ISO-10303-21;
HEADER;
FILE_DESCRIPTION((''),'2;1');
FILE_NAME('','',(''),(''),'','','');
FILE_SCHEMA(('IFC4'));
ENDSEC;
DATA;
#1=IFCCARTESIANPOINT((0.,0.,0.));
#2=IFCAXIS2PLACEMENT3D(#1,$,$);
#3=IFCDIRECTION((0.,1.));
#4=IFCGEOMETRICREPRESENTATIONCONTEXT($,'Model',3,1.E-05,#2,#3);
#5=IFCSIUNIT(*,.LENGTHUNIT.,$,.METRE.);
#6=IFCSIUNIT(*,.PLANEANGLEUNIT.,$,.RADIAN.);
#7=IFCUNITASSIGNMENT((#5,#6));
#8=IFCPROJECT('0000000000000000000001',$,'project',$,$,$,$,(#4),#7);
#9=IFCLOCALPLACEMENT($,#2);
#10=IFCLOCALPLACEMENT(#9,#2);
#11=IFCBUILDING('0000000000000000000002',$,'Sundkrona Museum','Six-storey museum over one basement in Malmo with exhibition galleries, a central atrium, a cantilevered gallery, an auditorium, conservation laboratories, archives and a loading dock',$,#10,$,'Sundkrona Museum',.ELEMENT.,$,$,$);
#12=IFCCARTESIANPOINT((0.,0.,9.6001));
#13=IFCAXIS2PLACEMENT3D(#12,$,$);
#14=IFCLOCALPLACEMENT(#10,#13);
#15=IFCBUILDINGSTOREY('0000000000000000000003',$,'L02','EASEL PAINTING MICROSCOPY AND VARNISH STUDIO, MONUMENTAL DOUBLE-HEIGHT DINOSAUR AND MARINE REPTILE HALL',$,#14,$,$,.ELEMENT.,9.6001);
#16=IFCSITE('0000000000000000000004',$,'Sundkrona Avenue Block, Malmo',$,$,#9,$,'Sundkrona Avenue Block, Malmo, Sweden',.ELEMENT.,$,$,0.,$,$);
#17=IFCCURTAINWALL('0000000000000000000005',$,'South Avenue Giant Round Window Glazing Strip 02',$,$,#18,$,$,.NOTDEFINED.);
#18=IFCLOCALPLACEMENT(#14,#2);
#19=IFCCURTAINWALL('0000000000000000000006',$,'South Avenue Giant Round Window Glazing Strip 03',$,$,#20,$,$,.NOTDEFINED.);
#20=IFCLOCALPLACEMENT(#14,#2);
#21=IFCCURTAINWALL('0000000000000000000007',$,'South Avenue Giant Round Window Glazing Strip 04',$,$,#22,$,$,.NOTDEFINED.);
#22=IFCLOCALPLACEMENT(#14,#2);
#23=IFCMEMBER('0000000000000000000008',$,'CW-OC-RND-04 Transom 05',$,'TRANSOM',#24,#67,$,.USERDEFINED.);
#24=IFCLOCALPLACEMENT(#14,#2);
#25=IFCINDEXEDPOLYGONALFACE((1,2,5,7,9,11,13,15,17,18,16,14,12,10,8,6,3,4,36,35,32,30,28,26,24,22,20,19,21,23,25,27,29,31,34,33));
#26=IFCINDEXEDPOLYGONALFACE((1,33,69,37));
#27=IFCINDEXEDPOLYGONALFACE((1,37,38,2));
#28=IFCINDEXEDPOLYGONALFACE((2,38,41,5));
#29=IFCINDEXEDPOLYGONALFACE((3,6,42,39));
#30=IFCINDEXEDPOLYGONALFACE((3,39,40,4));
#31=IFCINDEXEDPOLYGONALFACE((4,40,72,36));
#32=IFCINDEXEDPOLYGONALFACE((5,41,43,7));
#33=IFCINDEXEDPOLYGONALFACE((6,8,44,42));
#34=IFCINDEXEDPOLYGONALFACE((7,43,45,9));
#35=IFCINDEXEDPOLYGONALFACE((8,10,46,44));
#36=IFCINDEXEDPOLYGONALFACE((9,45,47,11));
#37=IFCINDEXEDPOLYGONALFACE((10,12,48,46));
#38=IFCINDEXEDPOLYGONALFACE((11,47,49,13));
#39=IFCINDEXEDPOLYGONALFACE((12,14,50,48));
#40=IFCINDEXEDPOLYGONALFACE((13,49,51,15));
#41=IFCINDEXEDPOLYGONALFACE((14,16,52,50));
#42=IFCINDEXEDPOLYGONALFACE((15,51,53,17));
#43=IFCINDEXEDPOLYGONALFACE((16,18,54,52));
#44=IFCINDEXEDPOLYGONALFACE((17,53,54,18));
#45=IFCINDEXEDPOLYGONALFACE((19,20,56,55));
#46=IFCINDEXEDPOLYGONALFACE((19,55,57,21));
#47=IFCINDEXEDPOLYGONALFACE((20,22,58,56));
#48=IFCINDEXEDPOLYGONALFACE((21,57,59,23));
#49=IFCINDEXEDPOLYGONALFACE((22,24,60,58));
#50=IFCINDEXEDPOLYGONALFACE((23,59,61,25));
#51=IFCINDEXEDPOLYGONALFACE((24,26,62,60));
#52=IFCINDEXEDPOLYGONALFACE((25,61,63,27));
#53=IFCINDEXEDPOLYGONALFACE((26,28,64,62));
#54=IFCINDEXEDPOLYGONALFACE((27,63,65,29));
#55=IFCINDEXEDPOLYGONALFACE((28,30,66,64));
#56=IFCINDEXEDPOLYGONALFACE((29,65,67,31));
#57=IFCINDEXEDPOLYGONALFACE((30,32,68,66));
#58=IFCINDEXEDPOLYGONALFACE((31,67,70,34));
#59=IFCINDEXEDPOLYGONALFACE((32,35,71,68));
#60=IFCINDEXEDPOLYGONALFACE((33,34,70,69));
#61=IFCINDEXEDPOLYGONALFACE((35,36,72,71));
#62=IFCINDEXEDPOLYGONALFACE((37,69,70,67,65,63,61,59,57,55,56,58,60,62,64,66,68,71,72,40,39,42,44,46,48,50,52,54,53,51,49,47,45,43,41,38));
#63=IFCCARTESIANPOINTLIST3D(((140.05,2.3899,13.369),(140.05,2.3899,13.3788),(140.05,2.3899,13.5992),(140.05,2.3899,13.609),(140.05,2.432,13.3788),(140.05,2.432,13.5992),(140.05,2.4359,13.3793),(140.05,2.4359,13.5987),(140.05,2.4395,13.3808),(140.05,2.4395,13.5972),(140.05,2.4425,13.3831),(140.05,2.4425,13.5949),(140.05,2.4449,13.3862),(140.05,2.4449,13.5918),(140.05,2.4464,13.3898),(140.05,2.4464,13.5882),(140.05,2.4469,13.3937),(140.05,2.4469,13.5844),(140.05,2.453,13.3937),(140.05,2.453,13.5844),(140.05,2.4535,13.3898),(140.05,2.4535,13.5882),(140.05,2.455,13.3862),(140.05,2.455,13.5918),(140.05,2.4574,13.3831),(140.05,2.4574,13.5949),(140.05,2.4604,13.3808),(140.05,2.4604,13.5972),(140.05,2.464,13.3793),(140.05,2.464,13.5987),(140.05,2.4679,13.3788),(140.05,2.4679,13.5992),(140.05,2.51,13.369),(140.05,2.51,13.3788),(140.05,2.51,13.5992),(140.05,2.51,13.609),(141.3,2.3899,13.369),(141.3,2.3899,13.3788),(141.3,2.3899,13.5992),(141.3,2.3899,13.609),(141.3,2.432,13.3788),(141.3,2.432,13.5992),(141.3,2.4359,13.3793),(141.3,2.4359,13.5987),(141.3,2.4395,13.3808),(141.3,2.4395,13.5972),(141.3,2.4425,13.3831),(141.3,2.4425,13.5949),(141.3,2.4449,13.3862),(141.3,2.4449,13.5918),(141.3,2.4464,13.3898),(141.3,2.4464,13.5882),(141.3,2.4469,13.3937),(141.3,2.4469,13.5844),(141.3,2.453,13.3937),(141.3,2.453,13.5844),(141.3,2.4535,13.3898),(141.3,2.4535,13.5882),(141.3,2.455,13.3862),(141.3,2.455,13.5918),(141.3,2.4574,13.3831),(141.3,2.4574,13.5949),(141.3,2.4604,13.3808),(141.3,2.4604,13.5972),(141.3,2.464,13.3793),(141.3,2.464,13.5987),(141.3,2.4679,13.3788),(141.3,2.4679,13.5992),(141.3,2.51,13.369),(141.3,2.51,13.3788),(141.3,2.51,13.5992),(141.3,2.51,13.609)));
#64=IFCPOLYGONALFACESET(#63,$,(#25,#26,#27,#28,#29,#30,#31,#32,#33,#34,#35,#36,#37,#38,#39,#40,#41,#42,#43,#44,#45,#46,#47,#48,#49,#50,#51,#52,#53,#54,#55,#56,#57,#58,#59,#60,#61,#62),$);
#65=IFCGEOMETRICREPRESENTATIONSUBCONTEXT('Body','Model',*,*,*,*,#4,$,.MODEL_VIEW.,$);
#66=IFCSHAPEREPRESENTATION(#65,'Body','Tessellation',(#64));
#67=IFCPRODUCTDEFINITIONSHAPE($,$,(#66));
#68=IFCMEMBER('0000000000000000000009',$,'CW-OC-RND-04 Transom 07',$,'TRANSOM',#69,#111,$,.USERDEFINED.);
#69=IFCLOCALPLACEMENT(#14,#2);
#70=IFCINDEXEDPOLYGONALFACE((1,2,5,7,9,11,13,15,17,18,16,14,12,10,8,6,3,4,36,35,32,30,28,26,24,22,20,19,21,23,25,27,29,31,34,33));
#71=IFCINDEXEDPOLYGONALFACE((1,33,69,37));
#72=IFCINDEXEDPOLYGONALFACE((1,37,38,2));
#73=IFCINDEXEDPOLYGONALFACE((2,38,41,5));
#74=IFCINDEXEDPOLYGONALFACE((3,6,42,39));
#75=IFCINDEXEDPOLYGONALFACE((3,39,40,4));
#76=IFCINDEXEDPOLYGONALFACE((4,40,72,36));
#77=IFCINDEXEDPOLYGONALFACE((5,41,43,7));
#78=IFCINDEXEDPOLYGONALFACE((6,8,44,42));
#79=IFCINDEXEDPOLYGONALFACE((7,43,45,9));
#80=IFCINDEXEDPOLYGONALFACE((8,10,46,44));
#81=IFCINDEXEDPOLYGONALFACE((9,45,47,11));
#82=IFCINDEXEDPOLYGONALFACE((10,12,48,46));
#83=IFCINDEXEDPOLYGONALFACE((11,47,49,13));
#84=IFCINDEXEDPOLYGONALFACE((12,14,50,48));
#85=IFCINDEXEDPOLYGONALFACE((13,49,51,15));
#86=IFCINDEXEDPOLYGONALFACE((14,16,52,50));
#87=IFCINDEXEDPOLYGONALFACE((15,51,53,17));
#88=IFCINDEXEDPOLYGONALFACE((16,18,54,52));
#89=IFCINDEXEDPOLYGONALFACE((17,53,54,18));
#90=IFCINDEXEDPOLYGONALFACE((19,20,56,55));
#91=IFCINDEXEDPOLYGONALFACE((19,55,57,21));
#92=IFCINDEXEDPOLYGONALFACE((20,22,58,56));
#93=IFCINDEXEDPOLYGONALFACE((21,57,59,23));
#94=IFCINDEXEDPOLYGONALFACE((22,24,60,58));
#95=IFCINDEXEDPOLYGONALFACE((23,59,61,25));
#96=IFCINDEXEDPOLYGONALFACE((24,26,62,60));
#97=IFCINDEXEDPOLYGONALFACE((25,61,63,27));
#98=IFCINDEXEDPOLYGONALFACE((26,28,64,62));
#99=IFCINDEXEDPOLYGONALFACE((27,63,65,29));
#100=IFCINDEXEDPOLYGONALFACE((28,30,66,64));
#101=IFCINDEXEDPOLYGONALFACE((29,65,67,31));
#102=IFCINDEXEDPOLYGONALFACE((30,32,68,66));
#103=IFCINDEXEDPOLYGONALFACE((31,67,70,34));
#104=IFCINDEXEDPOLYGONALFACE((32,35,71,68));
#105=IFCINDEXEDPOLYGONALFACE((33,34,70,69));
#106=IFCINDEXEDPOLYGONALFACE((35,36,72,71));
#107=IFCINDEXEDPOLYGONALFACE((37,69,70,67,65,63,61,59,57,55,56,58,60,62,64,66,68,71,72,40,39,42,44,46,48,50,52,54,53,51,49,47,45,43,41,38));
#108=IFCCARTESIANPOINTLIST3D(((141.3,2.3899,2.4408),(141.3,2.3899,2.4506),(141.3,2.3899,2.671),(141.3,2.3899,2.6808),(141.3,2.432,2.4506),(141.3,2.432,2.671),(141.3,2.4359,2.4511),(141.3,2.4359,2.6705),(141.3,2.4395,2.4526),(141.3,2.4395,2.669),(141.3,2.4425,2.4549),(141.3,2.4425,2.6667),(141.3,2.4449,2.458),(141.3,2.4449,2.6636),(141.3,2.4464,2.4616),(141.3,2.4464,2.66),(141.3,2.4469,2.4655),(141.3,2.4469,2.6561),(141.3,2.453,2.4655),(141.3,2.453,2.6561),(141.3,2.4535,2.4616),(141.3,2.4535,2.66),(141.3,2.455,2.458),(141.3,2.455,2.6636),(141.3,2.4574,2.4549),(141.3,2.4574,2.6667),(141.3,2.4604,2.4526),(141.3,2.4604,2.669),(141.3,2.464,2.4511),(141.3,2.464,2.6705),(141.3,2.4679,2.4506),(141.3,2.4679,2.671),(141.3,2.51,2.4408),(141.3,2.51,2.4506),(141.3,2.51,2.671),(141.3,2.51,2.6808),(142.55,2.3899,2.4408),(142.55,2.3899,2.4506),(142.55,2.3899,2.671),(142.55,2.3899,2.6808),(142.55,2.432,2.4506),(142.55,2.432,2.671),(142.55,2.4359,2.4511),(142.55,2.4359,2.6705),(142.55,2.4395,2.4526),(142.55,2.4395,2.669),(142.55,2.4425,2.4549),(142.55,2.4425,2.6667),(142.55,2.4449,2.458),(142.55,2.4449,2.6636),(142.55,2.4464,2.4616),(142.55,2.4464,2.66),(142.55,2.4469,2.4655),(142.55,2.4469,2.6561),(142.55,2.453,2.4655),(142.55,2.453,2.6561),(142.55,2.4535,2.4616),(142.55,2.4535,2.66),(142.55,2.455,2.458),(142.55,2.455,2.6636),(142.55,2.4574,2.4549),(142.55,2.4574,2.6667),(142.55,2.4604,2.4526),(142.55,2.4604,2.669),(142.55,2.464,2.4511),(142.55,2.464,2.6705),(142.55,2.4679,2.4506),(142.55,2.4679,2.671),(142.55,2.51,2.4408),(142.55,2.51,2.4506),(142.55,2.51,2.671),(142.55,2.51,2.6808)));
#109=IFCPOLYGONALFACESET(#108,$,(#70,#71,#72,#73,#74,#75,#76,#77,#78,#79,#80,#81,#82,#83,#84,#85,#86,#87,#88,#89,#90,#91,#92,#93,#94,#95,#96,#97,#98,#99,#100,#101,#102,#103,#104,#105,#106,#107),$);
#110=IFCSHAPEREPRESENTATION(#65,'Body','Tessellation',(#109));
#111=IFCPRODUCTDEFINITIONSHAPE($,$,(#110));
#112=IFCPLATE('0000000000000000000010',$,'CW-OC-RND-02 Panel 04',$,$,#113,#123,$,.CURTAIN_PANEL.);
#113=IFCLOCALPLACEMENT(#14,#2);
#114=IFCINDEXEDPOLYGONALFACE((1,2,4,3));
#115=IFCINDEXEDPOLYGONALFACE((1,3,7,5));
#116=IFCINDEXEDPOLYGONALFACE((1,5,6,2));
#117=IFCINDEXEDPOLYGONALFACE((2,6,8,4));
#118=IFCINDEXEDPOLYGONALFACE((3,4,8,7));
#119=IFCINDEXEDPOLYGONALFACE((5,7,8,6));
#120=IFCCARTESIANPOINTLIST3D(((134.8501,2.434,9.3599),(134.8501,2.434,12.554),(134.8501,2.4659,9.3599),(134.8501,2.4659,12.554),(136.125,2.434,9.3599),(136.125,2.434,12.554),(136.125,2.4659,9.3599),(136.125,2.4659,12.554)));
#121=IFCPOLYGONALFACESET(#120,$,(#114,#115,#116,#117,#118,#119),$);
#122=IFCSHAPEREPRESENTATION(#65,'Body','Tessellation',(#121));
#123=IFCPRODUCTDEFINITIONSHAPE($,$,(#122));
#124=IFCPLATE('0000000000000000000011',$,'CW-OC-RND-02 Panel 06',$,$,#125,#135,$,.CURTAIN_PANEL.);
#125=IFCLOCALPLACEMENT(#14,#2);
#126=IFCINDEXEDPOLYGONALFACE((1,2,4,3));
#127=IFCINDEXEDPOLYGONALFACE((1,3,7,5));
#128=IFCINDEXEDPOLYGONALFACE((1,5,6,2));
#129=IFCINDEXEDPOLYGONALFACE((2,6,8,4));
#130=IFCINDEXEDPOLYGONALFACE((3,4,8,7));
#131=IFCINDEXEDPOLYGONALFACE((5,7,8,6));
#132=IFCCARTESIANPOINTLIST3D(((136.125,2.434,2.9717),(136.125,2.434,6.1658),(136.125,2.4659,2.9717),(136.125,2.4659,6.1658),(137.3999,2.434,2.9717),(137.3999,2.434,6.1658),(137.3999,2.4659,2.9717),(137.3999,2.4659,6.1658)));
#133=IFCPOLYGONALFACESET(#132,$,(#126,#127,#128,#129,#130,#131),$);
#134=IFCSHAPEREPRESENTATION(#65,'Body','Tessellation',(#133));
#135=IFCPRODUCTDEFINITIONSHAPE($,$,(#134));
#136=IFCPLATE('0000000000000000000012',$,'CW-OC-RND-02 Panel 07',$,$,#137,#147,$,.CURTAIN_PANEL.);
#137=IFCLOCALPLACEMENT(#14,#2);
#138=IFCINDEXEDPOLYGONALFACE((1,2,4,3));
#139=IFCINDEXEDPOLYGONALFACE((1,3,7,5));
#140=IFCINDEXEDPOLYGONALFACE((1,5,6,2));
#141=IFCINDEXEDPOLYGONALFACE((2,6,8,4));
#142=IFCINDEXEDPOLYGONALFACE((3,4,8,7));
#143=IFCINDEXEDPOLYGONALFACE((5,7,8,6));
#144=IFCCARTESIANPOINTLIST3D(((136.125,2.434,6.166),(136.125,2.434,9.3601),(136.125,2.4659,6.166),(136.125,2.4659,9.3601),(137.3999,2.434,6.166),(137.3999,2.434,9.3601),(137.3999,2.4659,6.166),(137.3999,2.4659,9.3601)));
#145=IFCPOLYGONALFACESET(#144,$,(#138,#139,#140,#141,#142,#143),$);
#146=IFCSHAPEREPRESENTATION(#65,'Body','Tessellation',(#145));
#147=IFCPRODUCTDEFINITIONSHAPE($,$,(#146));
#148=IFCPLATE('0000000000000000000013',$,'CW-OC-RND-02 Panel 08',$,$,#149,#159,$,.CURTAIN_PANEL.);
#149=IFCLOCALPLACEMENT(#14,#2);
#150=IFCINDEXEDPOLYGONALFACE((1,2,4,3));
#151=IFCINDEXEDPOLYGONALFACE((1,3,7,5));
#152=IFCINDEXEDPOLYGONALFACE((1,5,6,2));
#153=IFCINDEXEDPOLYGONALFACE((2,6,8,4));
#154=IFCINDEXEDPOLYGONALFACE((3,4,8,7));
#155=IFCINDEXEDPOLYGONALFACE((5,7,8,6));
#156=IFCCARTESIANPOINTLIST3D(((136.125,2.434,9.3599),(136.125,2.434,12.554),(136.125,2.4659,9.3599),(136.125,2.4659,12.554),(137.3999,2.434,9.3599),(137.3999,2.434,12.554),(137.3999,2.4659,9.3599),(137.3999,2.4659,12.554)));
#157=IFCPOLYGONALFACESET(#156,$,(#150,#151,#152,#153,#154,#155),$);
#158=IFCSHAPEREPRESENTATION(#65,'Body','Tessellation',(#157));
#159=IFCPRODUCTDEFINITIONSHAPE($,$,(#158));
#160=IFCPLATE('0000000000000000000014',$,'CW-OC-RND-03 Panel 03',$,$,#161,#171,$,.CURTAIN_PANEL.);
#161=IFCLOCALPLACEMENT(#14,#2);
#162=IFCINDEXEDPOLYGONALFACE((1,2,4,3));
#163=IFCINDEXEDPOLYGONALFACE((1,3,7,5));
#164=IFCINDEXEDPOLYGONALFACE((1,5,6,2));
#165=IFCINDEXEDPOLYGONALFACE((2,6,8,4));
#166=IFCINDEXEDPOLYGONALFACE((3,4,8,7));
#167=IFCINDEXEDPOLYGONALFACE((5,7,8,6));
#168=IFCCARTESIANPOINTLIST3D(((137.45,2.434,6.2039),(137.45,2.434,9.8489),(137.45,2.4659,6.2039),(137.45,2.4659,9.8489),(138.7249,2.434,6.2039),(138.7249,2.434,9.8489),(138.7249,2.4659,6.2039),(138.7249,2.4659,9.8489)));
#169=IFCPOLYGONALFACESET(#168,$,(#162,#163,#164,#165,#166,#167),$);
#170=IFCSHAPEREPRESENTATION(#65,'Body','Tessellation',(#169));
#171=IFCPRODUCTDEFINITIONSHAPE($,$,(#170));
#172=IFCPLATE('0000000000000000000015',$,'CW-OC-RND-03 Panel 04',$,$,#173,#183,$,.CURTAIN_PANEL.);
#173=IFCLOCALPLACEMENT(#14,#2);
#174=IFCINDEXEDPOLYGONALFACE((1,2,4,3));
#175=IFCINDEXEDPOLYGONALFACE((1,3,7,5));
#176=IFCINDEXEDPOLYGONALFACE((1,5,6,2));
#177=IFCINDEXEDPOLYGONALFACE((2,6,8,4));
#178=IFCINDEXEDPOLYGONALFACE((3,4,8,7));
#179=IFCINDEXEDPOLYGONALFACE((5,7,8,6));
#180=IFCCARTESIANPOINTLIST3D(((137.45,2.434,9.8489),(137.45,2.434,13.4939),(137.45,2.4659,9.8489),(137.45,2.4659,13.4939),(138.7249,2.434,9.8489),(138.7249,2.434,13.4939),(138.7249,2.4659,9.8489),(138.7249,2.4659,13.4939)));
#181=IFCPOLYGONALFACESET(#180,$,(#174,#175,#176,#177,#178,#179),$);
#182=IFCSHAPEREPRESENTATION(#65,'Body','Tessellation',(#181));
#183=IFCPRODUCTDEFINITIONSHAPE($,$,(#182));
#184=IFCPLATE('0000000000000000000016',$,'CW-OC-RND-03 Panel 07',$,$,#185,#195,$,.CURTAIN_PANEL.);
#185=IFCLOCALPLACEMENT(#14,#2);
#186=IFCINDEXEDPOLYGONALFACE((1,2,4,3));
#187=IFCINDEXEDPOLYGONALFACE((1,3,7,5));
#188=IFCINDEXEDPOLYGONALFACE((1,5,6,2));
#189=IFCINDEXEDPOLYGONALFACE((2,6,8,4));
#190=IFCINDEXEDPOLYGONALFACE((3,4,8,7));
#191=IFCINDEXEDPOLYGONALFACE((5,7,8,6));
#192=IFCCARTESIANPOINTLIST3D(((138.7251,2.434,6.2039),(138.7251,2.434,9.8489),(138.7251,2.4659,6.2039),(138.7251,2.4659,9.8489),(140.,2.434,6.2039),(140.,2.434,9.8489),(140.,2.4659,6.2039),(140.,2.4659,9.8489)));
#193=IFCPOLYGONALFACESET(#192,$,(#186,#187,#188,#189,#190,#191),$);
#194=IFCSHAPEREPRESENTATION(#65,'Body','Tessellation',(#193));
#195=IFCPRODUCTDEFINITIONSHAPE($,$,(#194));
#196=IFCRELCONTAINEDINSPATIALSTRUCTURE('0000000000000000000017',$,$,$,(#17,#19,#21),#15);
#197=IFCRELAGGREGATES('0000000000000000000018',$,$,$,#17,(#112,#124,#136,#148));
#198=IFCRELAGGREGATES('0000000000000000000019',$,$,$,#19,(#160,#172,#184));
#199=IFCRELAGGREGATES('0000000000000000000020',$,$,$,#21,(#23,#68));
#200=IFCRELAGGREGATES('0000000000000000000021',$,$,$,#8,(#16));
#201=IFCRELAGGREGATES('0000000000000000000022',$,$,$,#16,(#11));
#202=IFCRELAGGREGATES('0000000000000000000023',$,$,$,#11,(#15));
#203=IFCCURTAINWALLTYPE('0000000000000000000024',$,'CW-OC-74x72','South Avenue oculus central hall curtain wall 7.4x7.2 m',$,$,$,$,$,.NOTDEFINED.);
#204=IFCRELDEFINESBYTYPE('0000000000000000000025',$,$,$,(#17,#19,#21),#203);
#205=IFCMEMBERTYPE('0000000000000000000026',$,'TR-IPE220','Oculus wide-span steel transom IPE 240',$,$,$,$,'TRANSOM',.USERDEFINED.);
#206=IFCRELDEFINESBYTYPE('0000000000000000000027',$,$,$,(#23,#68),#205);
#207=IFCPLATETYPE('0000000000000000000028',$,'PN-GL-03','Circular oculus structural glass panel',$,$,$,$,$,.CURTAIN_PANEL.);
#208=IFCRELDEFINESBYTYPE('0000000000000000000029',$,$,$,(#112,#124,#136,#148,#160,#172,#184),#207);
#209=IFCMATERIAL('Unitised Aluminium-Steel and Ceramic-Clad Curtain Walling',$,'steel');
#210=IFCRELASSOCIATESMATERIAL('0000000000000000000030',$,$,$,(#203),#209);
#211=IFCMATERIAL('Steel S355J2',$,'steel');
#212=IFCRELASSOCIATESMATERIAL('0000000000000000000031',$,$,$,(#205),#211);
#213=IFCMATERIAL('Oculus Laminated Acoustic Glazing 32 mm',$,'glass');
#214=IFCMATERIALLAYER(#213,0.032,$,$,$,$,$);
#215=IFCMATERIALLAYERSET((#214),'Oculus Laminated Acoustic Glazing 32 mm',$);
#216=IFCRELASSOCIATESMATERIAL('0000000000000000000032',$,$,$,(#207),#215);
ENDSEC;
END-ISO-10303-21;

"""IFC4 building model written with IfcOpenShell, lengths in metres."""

from ifc_helpers import new_model, si_unit, direction, frame, origin, origin_2d, place, context, subcontext, project, spatial, rectangle, i_section, extrude, material, layer, layer_set, material_profile, profile_set, type_object, element, aggregate, save


model = new_model("IFC4")

# Units and contexts
model_context = context("Model", 3, precision=1e-05, world=origin(), true_north=direction((0.0, 1.0)))
body_context = subcontext(model_context, "Body", "Model", "MODEL_VIEW")
ifc_project = project(units=[si_unit("LENGTHUNIT", "METRE"), si_unit("PLANEANGLEUNIT", "RADIAN")], contexts=[model_context])

# Site, building, storey
site_placement = place(None, origin())
site = spatial("IfcSite", under=ifc_project, at=site_placement, Name="Sundkrona Avenue Block, Malmo", LongName="Sundkrona Avenue Block, Malmo, Sweden", CompositionType="ELEMENT", RefElevation=0.0)
building_placement = place(site_placement, origin())
building = spatial("IfcBuilding", under=site, at=building_placement, Name="Sundkrona Museum", Description="Six-storey museum over one basement in Malmo with exhibition galleries, a central atrium, a cantilevered gallery, an auditorium, conservation laboratories, archives and a loading dock", LongName="Sundkrona Museum", CompositionType="ELEMENT")
storey_placement = place(building_placement, frame((0.0, 0.0, 9.6001)))
storey = spatial("IfcBuildingStorey", under=building, at=storey_placement, Name="L02", Description="EASEL PAINTING MICROSCOPY AND VARNISH STUDIO, MONUMENTAL DOUBLE-HEIGHT DINOSAUR AND MARINE REPTILE HALL", CompositionType="ELEMENT", Elevation=9.6001)

# Curtain walls, members
ifc_material_1 = material(Name="Unitised Aluminium-Steel and Ceramic-Clad Curtain Walling", Category="steel")
curtain_wall_type = type_object("IfcCurtainWallType", Name="CW-OC-74x72", Description="South Avenue oculus central hall curtain wall 7.4x7.2 m", PredefinedType="NOTDEFINED", material=ifc_material_1)
curtain_wall_1_placement = place(storey_placement, origin())
curtain_wall_1 = element("IfcCurtainWall", 1, at=curtain_wall_1_placement, inside=storey, type_object=curtain_wall_type, Name="South Avenue Giant Round Window Glazing Strip 02", PredefinedType="NOTDEFINED")
ifc_material_2 = material(Name="Steel S355J2", Category="steel")
ifc_material_profile = material_profile(ifc_material_2, i_section(OverallWidth=0.1201, OverallDepth=0.24, WebThickness=0.0061, FlangeThickness=0.0098, FilletRadius=0.0149, at=origin_2d()), Name="IPE 240")
ifc_profile_set = profile_set([ifc_material_profile], Name="Steel S355J2")
member_type = type_object("IfcMemberType", Name="TR-IPE220", Description="Oculus wide-span steel transom IPE 240", ElementType="TRANSOM", PredefinedType="USERDEFINED", material=ifc_profile_set)
curtain_wall_2_placement = place(storey_placement, origin())
curtain_wall_2 = element("IfcCurtainWall", 2, at=curtain_wall_2_placement, inside=storey, type_object=curtain_wall_type, Name="South Avenue Giant Round Window Glazing Strip 03", PredefinedType="NOTDEFINED")
curtain_wall_3_placement = place(storey_placement, origin())
curtain_wall_3 = element("IfcCurtainWall", 3, at=curtain_wall_3_placement, inside=storey, type_object=curtain_wall_type, Name="South Avenue Giant Round Window Glazing Strip 04", PredefinedType="NOTDEFINED")
member_1_placement = place(storey_placement, frame((140.05, 2.45, 13.489), z_axis=(1.0, 0.0, 0.0), x_axis=(0.0, 1.0, 0.0)))
member_1 = element("IfcMember", 4, at=member_1_placement, type_object=member_type, Name="CW-OC-RND-04 Transom 05", ObjectType="TRANSOM", PredefinedType="USERDEFINED", context=body_context, shape_type="SweptSolid", body=[
    extrude(i_section(OverallWidth=0.1201, OverallDepth=0.24, WebThickness=0.0061, FlangeThickness=0.0098, FilletRadius=0.0149, at=origin_2d()), origin(), (0.0, 0.0, 1.0), 1.25),
])
member_2_placement = place(storey_placement, frame((141.3, 2.45, 2.5608), z_axis=(1.0, 0.0, 0.0), x_axis=(0.0, 1.0, 0.0)))
member_2 = element("IfcMember", 5, at=member_2_placement, type_object=member_type, Name="CW-OC-RND-04 Transom 07", ObjectType="TRANSOM", PredefinedType="USERDEFINED", context=body_context, shape_type="SweptSolid", body=[
    extrude(i_section(OverallWidth=0.1201, OverallDepth=0.24, WebThickness=0.0061, FlangeThickness=0.0098, FilletRadius=0.0149, at=origin_2d()), origin(), (0.0, 0.0, 1.0), 1.25),
])

# Plates
ifc_material_3 = material(Name="Oculus Laminated Acoustic Glazing 32 mm", Category="glass")
ifc_layer = layer(ifc_material_3, 0.032)
ifc_layer_set = layer_set([ifc_layer], Name="Oculus Laminated Acoustic Glazing 32 mm")
plate_type = type_object("IfcPlateType", Name="PN-GL-03", Description="Circular oculus structural glass panel", PredefinedType="CURTAIN_PANEL", material=ifc_layer_set)
plate_1_placement = place(storey_placement, frame((135.4875, 2.45, 9.3599), z_axis=(0.0, 0.0, 1.0), x_axis=(1.0, 0.0, 0.0)))
plate_1 = element("IfcPlate", 6, at=plate_1_placement, type_object=plate_type, Name="CW-OC-RND-02 Panel 04", PredefinedType="CURTAIN_PANEL", context=body_context, shape_type="SweptSolid", body=[
    extrude(rectangle(XDim=1.2749, YDim=0.032, at=origin_2d()), origin(), (0.0, 0.0, 1.0), 3.1941),
])
plate_2_placement = place(storey_placement, frame((136.7625, 2.45, 2.9717), z_axis=(0.0, 0.0, 1.0), x_axis=(1.0, 0.0, 0.0)))
plate_2 = element("IfcPlate", 7, at=plate_2_placement, type_object=plate_type, Name="CW-OC-RND-02 Panel 06", PredefinedType="CURTAIN_PANEL", context=body_context, shape_type="SweptSolid", body=[
    extrude(rectangle(XDim=1.2749, YDim=0.032, at=origin_2d()), origin(), (0.0, 0.0, 1.0), 3.1941),
])
plate_3_placement = place(storey_placement, frame((136.7625, 2.45, 6.166), z_axis=(0.0, 0.0, 1.0), x_axis=(1.0, 0.0, 0.0)))
plate_3 = element("IfcPlate", 8, at=plate_3_placement, type_object=plate_type, Name="CW-OC-RND-02 Panel 07", PredefinedType="CURTAIN_PANEL", context=body_context, shape_type="SweptSolid", body=[
    extrude(rectangle(XDim=1.2749, YDim=0.032, at=origin_2d()), origin(), (0.0, 0.0, 1.0), 3.1941),
])
plate_4_placement = place(storey_placement, frame((136.7625, 2.45, 9.3599), z_axis=(0.0, 0.0, 1.0), x_axis=(1.0, 0.0, 0.0)))
plate_4 = element("IfcPlate", 9, at=plate_4_placement, type_object=plate_type, Name="CW-OC-RND-02 Panel 08", PredefinedType="CURTAIN_PANEL", context=body_context, shape_type="SweptSolid", body=[
    extrude(rectangle(XDim=1.2749, YDim=0.032, at=origin_2d()), origin(), (0.0, 0.0, 1.0), 3.1941),
])
aggregate(curtain_wall_1, [plate_1, plate_2, plate_3, plate_4])
plate_5_placement = place(storey_placement, frame((138.0874, 2.45, 6.2039), z_axis=(0.0, 0.0, 1.0), x_axis=(1.0, 0.0, 0.0)))
plate_5 = element("IfcPlate", 10, at=plate_5_placement, type_object=plate_type, Name="CW-OC-RND-03 Panel 03", PredefinedType="CURTAIN_PANEL", context=body_context, shape_type="SweptSolid", body=[
    extrude(rectangle(XDim=1.2749, YDim=0.032, at=origin_2d()), origin(), (0.0, 0.0, 1.0), 3.645),
])
plate_6_placement = place(storey_placement, frame((138.0874, 2.45, 9.8489), z_axis=(0.0, 0.0, 1.0), x_axis=(1.0, 0.0, 0.0)))
plate_6 = element("IfcPlate", 11, at=plate_6_placement, type_object=plate_type, Name="CW-OC-RND-03 Panel 04", PredefinedType="CURTAIN_PANEL", context=body_context, shape_type="SweptSolid", body=[
    extrude(rectangle(XDim=1.2749, YDim=0.032, at=origin_2d()), origin(), (0.0, 0.0, 1.0), 3.645),
])
plate_7_placement = place(storey_placement, frame((139.3625, 2.45, 6.2039), z_axis=(0.0, 0.0, 1.0), x_axis=(1.0, 0.0, 0.0)))
plate_7 = element("IfcPlate", 12, at=plate_7_placement, type_object=plate_type, Name="CW-OC-RND-03 Panel 07", PredefinedType="CURTAIN_PANEL", context=body_context, shape_type="SweptSolid", body=[
    extrude(rectangle(XDim=1.2749, YDim=0.032, at=origin_2d()), origin(), (0.0, 0.0, 1.0), 3.645),
])
aggregate(curtain_wall_2, [plate_5, plate_6, plate_7])
aggregate(curtain_wall_3, [member_1, member_2])

save(model, "model.ifc")
